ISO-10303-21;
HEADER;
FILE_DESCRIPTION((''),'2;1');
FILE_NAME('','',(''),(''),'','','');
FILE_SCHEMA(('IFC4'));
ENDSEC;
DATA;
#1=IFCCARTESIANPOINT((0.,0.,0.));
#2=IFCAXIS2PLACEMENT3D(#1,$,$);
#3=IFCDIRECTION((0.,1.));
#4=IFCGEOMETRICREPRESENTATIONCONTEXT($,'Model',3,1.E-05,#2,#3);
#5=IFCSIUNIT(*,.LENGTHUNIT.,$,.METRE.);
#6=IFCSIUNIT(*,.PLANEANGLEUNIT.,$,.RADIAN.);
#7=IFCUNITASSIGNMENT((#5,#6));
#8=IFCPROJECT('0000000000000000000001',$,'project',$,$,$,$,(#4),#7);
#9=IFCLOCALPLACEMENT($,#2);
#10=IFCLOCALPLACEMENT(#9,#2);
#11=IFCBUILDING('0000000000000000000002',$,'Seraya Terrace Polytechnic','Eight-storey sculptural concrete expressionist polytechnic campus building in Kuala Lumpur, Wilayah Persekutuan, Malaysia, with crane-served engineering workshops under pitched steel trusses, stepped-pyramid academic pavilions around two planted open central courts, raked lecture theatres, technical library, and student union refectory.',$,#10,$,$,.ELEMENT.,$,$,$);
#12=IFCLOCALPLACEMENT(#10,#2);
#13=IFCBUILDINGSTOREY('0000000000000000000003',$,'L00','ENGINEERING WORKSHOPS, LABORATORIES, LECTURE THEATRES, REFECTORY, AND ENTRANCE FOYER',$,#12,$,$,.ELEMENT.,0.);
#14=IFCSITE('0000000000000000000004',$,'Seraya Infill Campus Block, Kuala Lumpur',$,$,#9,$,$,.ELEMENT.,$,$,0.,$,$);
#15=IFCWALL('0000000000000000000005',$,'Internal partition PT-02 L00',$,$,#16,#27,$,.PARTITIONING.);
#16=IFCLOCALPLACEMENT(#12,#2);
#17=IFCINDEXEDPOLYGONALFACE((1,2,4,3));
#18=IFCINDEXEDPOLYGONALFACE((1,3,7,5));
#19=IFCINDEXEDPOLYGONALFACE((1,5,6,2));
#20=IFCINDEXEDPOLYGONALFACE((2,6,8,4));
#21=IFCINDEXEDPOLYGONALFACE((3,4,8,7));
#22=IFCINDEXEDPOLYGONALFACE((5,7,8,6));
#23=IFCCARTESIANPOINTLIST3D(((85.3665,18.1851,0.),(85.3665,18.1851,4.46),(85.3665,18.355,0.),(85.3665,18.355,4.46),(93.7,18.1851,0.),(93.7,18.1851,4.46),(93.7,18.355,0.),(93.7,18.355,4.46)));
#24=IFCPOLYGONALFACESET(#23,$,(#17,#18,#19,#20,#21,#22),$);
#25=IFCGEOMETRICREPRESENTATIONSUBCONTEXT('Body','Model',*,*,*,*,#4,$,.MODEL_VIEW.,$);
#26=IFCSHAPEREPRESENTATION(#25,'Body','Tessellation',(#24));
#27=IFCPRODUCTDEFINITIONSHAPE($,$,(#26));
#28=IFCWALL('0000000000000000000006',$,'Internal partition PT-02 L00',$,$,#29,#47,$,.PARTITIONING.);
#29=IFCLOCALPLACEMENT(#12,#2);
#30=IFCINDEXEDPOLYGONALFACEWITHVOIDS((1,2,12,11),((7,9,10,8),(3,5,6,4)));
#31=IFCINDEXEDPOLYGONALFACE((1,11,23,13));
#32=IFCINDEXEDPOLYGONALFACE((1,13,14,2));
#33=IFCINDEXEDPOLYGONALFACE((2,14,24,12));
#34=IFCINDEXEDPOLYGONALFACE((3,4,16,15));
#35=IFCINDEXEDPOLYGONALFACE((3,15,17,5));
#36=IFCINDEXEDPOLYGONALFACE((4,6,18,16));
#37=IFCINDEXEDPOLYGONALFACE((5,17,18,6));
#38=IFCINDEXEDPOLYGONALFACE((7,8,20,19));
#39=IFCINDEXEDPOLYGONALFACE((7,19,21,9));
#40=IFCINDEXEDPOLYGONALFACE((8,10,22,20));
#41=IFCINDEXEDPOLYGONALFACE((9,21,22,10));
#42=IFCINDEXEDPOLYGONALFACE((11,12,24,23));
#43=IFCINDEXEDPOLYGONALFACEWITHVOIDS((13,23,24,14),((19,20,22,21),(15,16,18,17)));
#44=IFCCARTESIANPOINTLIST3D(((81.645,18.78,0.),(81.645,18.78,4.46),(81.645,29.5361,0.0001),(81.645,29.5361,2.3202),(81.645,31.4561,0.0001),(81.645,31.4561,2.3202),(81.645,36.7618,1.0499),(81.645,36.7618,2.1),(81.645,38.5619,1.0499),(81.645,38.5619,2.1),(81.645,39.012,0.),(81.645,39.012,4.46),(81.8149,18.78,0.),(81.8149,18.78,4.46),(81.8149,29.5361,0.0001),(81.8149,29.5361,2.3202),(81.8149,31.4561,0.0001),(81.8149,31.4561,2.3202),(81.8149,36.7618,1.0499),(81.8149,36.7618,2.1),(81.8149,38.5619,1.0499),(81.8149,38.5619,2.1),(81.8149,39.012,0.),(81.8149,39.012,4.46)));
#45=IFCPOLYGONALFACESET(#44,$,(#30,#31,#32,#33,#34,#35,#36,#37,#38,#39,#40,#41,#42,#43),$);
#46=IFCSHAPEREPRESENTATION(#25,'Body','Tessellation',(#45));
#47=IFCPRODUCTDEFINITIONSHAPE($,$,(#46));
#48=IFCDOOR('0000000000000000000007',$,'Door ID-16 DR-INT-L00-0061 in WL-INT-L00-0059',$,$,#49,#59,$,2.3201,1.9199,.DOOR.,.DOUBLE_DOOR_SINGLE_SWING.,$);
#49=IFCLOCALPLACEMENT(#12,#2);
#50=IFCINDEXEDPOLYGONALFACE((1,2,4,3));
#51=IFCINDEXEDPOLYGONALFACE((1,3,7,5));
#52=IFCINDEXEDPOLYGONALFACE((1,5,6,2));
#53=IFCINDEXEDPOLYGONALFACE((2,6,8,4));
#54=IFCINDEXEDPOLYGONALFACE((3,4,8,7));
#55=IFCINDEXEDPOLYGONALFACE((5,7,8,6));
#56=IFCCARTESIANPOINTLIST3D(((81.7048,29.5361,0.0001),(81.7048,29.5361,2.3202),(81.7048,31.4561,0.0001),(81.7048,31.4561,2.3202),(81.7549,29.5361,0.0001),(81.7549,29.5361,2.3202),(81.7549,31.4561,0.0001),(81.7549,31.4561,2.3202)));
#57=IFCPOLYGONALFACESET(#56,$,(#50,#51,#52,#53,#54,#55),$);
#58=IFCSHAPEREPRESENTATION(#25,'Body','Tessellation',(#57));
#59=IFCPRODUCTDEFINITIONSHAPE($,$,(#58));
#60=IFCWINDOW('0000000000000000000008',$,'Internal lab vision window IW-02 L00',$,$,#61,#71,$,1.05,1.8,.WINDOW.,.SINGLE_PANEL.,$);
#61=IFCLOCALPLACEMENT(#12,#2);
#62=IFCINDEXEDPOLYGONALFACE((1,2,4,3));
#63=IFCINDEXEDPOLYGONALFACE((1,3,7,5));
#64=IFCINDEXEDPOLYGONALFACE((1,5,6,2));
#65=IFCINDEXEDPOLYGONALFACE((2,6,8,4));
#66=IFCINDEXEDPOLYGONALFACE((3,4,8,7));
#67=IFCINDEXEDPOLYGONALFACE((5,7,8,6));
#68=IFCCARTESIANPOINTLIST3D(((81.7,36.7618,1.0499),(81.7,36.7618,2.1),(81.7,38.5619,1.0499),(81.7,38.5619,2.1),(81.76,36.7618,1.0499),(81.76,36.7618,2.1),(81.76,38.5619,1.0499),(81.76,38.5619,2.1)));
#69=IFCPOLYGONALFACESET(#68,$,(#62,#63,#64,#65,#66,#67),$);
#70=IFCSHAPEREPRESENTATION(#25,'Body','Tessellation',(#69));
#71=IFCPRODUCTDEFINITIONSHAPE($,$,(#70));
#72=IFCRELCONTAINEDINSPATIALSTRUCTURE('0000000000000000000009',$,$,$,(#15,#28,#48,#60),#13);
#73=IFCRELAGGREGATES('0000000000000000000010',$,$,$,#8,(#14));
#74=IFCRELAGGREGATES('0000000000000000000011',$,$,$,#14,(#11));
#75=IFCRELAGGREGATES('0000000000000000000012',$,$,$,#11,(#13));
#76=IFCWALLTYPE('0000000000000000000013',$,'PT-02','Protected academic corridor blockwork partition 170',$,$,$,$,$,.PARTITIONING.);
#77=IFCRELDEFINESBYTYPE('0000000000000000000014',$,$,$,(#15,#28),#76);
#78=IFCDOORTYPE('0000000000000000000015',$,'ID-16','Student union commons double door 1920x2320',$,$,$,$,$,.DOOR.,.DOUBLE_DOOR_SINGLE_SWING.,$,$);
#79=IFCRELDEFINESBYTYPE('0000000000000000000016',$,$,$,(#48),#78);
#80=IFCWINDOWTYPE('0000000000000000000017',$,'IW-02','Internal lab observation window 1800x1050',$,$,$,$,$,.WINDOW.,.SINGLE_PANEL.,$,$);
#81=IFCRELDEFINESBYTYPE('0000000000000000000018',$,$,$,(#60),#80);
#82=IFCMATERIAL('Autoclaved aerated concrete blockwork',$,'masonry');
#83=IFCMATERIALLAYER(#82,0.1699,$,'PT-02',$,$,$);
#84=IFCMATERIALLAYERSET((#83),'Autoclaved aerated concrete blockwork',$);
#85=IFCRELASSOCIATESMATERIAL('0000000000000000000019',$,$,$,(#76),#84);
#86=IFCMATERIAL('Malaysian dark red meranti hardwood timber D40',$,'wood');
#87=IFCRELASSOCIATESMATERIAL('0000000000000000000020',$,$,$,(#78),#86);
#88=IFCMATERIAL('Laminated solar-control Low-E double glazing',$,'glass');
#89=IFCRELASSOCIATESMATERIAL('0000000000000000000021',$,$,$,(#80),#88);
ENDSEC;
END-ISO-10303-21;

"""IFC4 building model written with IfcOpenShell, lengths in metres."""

from ifc_helpers import new_model, si_unit, direction, frame, frame_2d, origin, place, context, subcontext, project, spatial, rectangle, extrude, material, layer, layer_set, type_object, element, fill, save


model = new_model("IFC4")

# Units and contexts
model_context = context("Model", 3, precision=1e-05, world=origin(), true_north=direction((0.0, 1.0)))
body_context = subcontext(model_context, "Body", "Model", "MODEL_VIEW")
ifc_project = project(units=[si_unit("LENGTHUNIT", "METRE"), si_unit("PLANEANGLEUNIT", "RADIAN")], contexts=[model_context])

# Site, building, storey
site_placement = place(None, origin())
site = spatial("IfcSite", under=ifc_project, at=site_placement, Name="Seraya Infill Campus Block, Kuala Lumpur", CompositionType="ELEMENT", RefElevation=0.0)
building_placement = place(site_placement, origin())
building = spatial("IfcBuilding", under=site, at=building_placement, Name="Seraya Terrace Polytechnic", Description="Eight-storey sculptural concrete expressionist polytechnic campus building in Kuala Lumpur, Wilayah Persekutuan, Malaysia, with crane-served engineering workshops under pitched steel trusses, stepped-pyramid academic pavilions around two planted open central courts, raked lecture theatres, technical library, and student union refectory.", CompositionType="ELEMENT")
storey_placement = place(building_placement, origin())
storey = spatial("IfcBuildingStorey", under=building, at=storey_placement, Name="L00", Description="ENGINEERING WORKSHOPS, LABORATORIES, LECTURE THEATRES, REFECTORY, AND ENTRANCE FOYER", CompositionType="ELEMENT", Elevation=0.0)

# Wall
ifc_material_1 = material(Name="Autoclaved aerated concrete blockwork", Category="masonry")
ifc_layer = layer(ifc_material_1, 0.1699, Name="PT-02")
ifc_layer_set = layer_set([ifc_layer], Name="Autoclaved aerated concrete blockwork")
wall_type = type_object("IfcWallType", Name="PT-02", Description="Protected academic corridor blockwork partition 170", PredefinedType="PARTITIONING", material=ifc_layer_set)
wall_1_placement = place(storey_placement, frame((85.3665, 18.27, 0.0), z_axis=(0.0, 0.0, 1.0), x_axis=(1.0, 0.0, 0.0)))
element("IfcWall", 1, at=wall_1_placement, inside=storey, type_object=wall_type, Name="Internal partition PT-02 L00", PredefinedType="PARTITIONING", context=body_context, shape_type="SweptSolid", body=[
    extrude(rectangle(XDim=8.3335, YDim=0.1699, at=frame_2d((4.1667, 0.0))), origin(), (0.0, 0.0, 1.0), 4.46),
])

# Wall, openings, door, window
wall_2_placement = place(storey_placement, frame((81.73, 18.78, 0.0), z_axis=(0.0, 0.0, 1.0), x_axis=(0.0, 1.0, 0.0)))
wall_2 = element("IfcWall", 2, at=wall_2_placement, inside=storey, type_object=wall_type, Name="Internal partition PT-02 L00", PredefinedType="PARTITIONING", context=body_context, shape_type="SweptSolid", body=[
    extrude(rectangle(XDim=20.2319, YDim=0.1699, at=frame_2d((10.116, 0.0))), origin(), (0.0, 0.0, 1.0), 4.46),
])
opening_1_placement = place(wall_2_placement, frame((10.7561, 0.0, 0.0)))
opening_1 = element("IfcOpeningElement", 3, at=opening_1_placement, cuts=wall_2, PredefinedType="OPENING", context=body_context, shape_type="SweptSolid", body=[
    extrude(rectangle(XDim=1.9199, YDim=2.3201, at=frame_2d((0.96, 1.1602))), frame((0.0, 0.0969, 0.0), z_axis=(0.0, -1.0, 0.0), x_axis=(1.0, 0.0, 0.0)), (0.0, 0.0, 1.0), 0.1938),
])
opening_2_placement = place(wall_2_placement, frame((17.9819, 0.0, 1.05)))
opening_2 = element("IfcOpeningElement", 4, at=opening_2_placement, cuts=wall_2, PredefinedType="OPENING", context=body_context, shape_type="SweptSolid", body=[
    extrude(rectangle(XDim=1.8, YDim=1.05, at=frame_2d((0.8999, 0.5249))), frame((0.0, 0.0969, 0.0), z_axis=(0.0, -1.0, 0.0), x_axis=(1.0, 0.0, 0.0)), (0.0, 0.0, 1.0), 0.1938),
])
ifc_material_2 = material(Name="Malaysian dark red meranti hardwood timber D40", Category="wood")
door_type = type_object("IfcDoorType", Name="ID-16", Description="Student union commons double door 1920x2320", OperationType="DOUBLE_DOOR_SINGLE_SWING", PredefinedType="DOOR", material=ifc_material_2)
door_placement = place(opening_1_placement, frame((1.9199, 0.0, 0.0), z_axis=(0.0, 0.0, 1.0), x_axis=(-1.0, 0.0, 0.0)))
door = element("IfcDoor", 5, at=door_placement, inside=storey, type_object=door_type, Name="Door ID-16 DR-INT-L00-0061 in WL-INT-L00-0059", OperationType="DOUBLE_DOOR_SINGLE_SWING", OverallHeight=2.3201, OverallWidth=1.9199, PredefinedType="DOOR", context=body_context, shape_type="SweptSolid", body=[
    extrude(rectangle(XDim=1.9199, YDim=2.3201, at=frame_2d((0.96, 1.1602))), frame((0.0, 0.0249, 0.0), z_axis=(0.0, -1.0, 0.0), x_axis=(1.0, 0.0, 0.0)), (0.0, 0.0, 1.0), 0.05),
])
fill(opening_1, door)
ifc_material_3 = material(Name="Laminated solar-control Low-E double glazing", Category="glass")
window_type = type_object("IfcWindowType", Name="IW-02", Description="Internal lab observation window 1800x1050", PartitioningType="SINGLE_PANEL", PredefinedType="WINDOW", material=ifc_material_3)
window_placement = place(opening_2_placement, origin())
window = element("IfcWindow", 6, at=window_placement, inside=storey, type_object=window_type, Name="Internal lab vision window IW-02 L00", OverallHeight=1.05, OverallWidth=1.8, PartitioningType="SINGLE_PANEL", PredefinedType="WINDOW", context=body_context, shape_type="SweptSolid", body=[
    extrude(rectangle(XDim=1.8, YDim=1.05, at=frame_2d((0.8999, 0.5249))), frame((0.0, 0.03, 0.0), z_axis=(0.0, -1.0, 0.0), x_axis=(1.0, 0.0, 0.0)), (0.0, 0.0, 1.0), 0.0601),
])
fill(opening_2, window)

save(model, "model.ifc")
